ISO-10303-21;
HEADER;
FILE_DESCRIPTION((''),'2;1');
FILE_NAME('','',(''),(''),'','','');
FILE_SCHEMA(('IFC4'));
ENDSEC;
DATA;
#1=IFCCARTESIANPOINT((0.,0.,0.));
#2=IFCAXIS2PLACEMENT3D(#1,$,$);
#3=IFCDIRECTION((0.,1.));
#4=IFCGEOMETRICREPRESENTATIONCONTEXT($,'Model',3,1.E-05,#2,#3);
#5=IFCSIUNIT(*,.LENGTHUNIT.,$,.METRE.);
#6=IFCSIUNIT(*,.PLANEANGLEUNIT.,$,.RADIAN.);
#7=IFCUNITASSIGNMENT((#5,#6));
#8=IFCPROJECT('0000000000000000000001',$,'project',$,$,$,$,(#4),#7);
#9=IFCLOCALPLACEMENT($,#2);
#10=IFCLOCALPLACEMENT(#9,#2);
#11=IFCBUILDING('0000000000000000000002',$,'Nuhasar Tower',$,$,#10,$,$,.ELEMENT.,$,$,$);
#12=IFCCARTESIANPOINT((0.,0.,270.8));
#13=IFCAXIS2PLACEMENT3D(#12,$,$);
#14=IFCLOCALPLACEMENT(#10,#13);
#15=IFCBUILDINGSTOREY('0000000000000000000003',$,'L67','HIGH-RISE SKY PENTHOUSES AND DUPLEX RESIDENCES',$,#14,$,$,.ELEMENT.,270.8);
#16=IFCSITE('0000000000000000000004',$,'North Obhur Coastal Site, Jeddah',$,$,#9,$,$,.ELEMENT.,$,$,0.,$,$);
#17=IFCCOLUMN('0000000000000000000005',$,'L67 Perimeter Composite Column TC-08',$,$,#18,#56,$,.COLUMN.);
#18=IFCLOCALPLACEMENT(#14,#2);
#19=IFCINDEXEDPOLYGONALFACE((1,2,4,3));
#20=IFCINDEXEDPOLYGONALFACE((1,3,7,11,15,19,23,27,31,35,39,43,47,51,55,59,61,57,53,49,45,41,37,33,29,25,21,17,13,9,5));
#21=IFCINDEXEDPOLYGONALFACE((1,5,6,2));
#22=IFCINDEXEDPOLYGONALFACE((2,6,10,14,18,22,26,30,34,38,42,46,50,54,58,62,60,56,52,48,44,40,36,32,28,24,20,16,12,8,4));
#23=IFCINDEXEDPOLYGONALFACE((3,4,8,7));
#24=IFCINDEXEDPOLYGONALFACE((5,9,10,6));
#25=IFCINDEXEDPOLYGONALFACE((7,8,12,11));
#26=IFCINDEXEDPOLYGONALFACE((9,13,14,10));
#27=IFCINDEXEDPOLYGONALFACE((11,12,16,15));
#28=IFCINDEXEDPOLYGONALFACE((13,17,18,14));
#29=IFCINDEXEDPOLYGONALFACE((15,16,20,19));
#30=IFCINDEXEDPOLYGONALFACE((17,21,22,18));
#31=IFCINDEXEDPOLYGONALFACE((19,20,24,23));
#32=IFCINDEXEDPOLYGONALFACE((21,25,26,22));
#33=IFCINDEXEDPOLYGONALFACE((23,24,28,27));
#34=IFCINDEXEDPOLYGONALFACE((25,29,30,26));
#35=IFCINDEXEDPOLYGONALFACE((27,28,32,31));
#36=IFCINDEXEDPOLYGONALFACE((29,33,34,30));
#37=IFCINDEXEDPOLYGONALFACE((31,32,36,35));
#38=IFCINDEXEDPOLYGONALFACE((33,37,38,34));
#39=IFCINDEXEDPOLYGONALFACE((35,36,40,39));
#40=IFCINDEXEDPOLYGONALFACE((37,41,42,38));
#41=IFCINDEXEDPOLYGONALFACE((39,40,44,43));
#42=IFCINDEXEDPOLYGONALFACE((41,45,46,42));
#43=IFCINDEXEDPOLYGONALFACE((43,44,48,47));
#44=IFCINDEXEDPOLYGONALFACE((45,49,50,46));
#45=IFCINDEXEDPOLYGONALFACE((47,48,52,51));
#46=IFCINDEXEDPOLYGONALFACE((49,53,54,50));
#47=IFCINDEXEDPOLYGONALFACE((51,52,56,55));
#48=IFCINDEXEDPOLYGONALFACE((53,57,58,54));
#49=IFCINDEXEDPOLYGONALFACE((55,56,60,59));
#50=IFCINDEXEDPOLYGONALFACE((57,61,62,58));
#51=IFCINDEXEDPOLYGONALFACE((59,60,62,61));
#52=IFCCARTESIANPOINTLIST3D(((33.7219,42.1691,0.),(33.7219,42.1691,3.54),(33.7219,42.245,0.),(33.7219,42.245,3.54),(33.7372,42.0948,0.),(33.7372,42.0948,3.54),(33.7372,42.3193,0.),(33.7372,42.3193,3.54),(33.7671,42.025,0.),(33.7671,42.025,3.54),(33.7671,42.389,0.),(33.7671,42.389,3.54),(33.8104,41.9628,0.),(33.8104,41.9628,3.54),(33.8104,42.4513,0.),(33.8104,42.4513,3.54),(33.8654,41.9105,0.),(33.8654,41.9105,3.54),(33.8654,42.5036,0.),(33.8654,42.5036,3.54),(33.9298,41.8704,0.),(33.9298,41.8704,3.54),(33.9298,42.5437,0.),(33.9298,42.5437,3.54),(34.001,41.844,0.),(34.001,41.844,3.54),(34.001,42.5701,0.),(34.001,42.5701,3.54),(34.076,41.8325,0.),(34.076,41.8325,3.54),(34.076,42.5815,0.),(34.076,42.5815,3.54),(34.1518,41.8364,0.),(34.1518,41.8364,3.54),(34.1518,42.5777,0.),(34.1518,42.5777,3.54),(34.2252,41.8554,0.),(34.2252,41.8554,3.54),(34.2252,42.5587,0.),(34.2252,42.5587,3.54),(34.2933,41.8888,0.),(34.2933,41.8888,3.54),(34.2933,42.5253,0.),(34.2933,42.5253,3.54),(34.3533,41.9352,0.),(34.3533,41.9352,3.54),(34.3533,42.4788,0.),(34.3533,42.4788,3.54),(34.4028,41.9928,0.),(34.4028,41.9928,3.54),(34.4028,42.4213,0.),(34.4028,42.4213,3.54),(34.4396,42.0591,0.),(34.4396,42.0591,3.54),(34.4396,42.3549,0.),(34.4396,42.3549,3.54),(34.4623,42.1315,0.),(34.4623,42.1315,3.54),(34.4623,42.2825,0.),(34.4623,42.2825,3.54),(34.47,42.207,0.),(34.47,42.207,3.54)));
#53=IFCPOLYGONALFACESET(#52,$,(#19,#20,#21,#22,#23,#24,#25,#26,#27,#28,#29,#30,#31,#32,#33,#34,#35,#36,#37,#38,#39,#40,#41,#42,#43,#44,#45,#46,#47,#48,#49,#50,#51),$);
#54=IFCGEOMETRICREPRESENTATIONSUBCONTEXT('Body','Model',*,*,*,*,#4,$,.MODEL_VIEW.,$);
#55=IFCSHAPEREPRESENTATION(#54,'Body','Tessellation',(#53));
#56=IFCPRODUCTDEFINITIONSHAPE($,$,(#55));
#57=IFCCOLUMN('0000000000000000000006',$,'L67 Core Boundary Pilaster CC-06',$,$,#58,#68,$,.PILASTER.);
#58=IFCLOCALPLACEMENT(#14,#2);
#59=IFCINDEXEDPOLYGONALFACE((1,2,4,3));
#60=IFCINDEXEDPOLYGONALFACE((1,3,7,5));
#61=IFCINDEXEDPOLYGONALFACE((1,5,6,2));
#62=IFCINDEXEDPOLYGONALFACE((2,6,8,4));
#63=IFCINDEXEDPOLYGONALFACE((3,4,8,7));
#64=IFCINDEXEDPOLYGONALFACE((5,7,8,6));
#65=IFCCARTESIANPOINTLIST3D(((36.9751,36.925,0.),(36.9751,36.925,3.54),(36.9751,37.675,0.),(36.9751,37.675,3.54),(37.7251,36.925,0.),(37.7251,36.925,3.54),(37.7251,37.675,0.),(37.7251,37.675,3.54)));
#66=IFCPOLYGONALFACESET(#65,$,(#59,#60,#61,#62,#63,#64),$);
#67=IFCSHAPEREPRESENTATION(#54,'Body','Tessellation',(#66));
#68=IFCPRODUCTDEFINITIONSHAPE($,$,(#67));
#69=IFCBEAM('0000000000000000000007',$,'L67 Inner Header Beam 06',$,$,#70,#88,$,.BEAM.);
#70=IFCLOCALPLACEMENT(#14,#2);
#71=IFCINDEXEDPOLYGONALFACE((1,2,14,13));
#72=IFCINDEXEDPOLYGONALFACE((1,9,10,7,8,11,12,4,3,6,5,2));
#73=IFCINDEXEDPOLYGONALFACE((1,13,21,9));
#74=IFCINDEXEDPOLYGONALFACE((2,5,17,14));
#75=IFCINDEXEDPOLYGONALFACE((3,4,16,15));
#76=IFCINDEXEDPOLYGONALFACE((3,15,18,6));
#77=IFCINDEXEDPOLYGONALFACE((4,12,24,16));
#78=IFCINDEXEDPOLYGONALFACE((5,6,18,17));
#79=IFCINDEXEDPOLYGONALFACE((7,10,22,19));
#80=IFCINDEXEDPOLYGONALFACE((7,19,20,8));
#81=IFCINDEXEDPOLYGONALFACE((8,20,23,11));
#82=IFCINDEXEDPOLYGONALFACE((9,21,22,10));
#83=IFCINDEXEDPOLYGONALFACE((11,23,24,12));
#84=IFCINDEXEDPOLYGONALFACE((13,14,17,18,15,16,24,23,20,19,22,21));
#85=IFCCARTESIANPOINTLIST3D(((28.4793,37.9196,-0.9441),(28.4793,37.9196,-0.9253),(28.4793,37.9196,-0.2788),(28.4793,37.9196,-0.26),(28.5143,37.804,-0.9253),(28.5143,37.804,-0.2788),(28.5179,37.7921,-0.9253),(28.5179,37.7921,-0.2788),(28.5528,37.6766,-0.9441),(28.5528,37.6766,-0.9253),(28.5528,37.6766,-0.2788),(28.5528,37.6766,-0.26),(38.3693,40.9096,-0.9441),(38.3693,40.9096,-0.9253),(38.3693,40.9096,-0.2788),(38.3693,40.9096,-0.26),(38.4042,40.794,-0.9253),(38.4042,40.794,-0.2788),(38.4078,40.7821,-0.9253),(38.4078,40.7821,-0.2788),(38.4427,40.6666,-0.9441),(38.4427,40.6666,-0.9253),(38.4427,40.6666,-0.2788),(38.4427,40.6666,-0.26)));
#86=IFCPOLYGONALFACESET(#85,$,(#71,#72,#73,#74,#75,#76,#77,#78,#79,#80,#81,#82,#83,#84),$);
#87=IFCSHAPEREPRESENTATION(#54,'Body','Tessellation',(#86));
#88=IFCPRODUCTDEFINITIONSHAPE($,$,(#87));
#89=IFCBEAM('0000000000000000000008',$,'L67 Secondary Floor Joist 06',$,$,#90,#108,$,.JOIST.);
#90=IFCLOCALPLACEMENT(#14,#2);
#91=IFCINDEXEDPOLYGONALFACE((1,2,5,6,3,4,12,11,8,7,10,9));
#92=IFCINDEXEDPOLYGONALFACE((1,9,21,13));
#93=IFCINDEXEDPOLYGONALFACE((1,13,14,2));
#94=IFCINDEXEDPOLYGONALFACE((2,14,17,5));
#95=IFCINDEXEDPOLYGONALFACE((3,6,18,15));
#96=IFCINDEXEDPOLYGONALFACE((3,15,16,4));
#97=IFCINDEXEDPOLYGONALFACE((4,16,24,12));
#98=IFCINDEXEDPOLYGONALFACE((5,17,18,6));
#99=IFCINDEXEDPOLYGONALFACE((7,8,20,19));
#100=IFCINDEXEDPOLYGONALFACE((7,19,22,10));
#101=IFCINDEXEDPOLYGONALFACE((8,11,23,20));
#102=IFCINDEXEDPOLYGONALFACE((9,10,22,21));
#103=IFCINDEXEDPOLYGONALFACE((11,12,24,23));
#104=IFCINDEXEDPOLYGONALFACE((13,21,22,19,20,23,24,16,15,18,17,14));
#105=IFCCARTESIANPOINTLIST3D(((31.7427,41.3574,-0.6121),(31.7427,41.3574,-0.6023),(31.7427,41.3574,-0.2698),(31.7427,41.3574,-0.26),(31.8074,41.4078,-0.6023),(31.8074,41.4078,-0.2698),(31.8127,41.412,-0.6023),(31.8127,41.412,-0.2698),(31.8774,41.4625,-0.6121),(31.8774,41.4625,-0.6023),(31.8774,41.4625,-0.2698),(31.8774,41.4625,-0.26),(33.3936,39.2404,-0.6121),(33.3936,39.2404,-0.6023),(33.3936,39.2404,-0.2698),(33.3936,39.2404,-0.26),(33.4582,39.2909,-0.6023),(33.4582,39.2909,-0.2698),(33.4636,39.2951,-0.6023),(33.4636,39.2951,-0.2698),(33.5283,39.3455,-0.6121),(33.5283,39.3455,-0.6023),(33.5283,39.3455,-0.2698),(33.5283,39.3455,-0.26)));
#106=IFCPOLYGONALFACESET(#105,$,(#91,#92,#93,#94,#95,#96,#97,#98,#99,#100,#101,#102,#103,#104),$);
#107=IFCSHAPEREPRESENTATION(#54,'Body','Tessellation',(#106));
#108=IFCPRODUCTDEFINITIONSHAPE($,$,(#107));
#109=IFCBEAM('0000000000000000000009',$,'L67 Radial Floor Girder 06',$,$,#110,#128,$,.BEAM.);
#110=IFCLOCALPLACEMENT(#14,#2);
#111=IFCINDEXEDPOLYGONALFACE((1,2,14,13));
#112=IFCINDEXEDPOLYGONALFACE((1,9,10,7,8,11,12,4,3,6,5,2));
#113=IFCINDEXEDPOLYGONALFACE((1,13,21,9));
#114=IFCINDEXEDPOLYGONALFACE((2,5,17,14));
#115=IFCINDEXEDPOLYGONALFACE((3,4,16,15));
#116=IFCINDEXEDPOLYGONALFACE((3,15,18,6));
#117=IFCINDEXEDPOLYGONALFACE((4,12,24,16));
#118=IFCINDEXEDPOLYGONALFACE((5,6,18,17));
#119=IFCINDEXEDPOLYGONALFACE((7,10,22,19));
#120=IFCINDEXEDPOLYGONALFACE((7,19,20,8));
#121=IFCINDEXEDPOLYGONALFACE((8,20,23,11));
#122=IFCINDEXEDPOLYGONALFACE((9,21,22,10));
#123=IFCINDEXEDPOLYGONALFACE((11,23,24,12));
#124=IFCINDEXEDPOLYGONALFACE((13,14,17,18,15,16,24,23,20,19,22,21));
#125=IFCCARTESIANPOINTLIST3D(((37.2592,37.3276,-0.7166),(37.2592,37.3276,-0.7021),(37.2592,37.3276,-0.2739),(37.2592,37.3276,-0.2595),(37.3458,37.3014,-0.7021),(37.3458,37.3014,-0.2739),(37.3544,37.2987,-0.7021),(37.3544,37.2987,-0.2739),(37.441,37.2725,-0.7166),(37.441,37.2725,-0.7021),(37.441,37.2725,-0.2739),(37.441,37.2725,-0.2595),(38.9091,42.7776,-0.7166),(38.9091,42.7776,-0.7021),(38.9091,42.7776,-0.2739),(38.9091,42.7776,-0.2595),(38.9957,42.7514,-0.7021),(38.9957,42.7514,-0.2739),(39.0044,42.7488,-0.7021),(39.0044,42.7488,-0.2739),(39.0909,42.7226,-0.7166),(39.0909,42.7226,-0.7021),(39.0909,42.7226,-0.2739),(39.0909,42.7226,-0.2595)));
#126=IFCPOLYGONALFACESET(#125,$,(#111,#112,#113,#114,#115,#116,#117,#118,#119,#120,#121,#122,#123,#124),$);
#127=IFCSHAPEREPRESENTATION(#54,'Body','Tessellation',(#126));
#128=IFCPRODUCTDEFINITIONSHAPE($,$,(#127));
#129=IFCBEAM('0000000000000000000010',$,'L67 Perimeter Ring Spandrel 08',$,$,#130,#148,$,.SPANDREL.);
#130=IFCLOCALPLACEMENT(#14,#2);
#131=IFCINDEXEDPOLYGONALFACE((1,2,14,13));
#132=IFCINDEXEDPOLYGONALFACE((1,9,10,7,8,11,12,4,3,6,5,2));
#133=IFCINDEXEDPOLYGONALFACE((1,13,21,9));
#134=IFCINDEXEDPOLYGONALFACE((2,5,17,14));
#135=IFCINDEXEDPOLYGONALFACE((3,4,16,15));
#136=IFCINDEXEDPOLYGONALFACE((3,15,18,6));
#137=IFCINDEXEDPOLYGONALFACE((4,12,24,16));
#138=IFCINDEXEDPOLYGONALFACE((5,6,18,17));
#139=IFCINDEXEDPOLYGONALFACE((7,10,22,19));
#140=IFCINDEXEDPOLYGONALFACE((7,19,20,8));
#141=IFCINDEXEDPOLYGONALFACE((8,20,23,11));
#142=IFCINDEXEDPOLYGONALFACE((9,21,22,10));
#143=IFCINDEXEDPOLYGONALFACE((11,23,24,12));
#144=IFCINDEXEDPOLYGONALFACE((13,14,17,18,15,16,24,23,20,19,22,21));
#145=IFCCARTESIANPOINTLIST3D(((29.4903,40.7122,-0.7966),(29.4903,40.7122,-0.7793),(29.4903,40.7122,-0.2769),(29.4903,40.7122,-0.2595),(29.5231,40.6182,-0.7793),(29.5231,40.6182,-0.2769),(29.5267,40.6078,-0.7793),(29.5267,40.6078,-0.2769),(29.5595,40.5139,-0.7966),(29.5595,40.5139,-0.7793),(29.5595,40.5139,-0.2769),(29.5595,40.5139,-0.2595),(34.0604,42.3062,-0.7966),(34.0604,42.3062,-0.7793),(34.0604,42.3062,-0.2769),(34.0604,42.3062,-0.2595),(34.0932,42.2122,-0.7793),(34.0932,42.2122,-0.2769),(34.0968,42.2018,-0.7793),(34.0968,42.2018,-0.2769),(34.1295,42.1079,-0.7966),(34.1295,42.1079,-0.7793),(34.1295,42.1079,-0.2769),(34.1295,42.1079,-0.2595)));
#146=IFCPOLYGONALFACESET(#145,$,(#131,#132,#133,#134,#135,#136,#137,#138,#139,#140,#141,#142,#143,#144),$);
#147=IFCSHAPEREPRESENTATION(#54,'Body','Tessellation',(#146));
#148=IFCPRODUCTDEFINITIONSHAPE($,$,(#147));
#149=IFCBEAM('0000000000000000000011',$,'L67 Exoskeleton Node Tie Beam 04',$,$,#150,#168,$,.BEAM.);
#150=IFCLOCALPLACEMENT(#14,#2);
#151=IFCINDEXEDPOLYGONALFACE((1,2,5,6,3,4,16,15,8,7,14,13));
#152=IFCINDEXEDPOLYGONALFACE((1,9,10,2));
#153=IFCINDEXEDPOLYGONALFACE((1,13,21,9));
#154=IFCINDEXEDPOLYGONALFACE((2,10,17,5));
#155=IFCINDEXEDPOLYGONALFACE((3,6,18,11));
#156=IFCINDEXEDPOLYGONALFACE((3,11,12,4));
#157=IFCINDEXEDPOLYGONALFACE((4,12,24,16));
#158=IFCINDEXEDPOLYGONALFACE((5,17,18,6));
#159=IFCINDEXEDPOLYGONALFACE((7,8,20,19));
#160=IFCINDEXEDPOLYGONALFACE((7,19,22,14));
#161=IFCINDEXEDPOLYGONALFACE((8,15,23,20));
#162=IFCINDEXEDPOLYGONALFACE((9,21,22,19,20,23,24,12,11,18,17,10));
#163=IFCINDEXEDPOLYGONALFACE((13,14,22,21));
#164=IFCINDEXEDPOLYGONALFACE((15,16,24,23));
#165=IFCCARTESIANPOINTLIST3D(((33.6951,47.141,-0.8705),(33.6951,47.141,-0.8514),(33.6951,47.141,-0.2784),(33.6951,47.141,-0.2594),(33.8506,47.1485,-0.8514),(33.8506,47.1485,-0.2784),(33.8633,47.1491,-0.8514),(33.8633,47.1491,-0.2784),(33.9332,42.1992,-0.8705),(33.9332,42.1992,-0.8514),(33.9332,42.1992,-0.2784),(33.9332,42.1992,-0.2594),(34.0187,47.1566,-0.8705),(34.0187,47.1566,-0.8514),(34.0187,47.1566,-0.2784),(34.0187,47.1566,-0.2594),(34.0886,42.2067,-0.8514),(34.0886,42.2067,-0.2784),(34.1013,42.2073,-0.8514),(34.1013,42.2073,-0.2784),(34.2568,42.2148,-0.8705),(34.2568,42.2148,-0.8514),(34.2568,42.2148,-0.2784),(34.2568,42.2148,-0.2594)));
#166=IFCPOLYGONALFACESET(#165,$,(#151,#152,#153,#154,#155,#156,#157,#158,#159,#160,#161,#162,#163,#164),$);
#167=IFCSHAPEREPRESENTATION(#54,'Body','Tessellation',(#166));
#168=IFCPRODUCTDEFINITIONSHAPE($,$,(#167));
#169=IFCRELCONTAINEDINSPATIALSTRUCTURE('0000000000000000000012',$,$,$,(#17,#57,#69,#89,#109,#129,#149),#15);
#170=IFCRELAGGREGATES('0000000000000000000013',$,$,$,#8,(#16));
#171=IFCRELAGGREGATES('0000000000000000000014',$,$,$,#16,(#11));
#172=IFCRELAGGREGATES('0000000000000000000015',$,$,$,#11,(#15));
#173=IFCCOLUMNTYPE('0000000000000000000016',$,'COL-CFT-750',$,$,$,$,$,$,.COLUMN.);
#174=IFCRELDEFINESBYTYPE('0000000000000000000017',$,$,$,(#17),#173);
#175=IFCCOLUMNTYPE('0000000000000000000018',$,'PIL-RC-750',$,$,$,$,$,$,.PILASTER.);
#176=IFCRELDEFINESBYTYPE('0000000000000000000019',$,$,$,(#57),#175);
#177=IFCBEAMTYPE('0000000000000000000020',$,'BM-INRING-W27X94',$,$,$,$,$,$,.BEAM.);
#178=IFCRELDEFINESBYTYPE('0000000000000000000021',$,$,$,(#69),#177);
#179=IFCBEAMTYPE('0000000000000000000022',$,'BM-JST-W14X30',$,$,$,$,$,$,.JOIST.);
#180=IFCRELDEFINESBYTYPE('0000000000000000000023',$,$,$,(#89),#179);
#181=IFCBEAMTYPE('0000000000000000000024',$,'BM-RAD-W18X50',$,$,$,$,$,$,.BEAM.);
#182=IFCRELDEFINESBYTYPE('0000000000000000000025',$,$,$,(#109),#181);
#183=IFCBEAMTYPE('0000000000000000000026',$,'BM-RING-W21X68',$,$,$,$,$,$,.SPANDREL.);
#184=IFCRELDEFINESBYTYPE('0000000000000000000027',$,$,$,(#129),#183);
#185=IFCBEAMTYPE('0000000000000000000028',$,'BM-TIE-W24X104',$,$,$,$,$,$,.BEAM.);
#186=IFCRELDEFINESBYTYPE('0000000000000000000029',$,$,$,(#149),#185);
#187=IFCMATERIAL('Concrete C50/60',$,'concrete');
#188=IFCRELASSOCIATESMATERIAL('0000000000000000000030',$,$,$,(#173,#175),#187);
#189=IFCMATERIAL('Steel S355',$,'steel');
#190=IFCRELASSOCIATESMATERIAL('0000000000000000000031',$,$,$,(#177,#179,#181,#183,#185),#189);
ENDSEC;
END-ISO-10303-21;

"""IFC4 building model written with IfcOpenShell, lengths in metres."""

from ifc_helpers import new_model, si_unit, direction, frame, origin, origin_2d, place, context, subcontext, project, spatial, rectangle, circle, i_section, extrude, material, material_profile, profile_set, type_object, element, save


model = new_model("IFC4")

# Units and contexts
model_context = context("Model", 3, precision=1e-05, world=origin(), true_north=direction((0.0, 1.0)))
body_context = subcontext(model_context, "Body", "Model", "MODEL_VIEW")
ifc_project = project(units=[si_unit("LENGTHUNIT", "METRE"), si_unit("PLANEANGLEUNIT", "RADIAN")], contexts=[model_context])

# Site, building, storey
site_placement = place(None, origin())
site = spatial("IfcSite", under=ifc_project, at=site_placement, Name="North Obhur Coastal Site, Jeddah", CompositionType="ELEMENT", RefElevation=0.0)
building_placement = place(site_placement, origin())
building = spatial("IfcBuilding", under=site, at=building_placement, Name="Nuhasar Tower", CompositionType="ELEMENT")
storey_placement = place(building_placement, frame((0.0, 0.0, 270.8)))
storey = spatial("IfcBuildingStorey", under=building, at=storey_placement, Name="L67", Description="HIGH-RISE SKY PENTHOUSES AND DUPLEX RESIDENCES", CompositionType="ELEMENT", Elevation=270.8)

# Columns
ifc_material_1 = material(Name="Concrete C50/60", Category="concrete")
ifc_material_profile_1 = material_profile(ifc_material_1, circle(Radius=0.375, at=origin_2d()), Name="CFT750")
ifc_profile_set_1 = profile_set([ifc_material_profile_1], Name="Concrete C50/60")
column_type_1 = type_object("IfcColumnType", Name="COL-CFT-750", PredefinedType="COLUMN", material=ifc_profile_set_1)
column_1_placement = place(storey_placement, frame((34.095, 42.207, 0.0), z_axis=(0.0, 0.0, 1.0), x_axis=(1.0, 0.0, 0.0)))
element("IfcColumn", 1, at=column_1_placement, inside=storey, type_object=column_type_1, Name="L67 Perimeter Composite Column TC-08", PredefinedType="COLUMN", context=body_context, shape_type="SweptSolid", body=[
    extrude(circle(Radius=0.375, at=origin_2d()), origin(), (0.0, 0.0, 1.0), 3.54),
])
ifc_material_profile_2 = material_profile(ifc_material_1, rectangle(XDim=0.75, YDim=0.75, at=origin_2d()), Name="RC750X750")
ifc_profile_set_2 = profile_set([ifc_material_profile_2], Name="Concrete C50/60")
column_type_2 = type_object("IfcColumnType", Name="PIL-RC-750", PredefinedType="PILASTER", material=ifc_profile_set_2)
column_2_placement = place(storey_placement, frame((37.3501, 37.3, 0.0), z_axis=(0.0, 0.0, 1.0), x_axis=(1.0, 0.0, 0.0)))
element("IfcColumn", 2, at=column_2_placement, inside=storey, type_object=column_type_2, Name="L67 Core Boundary Pilaster CC-06", PredefinedType="PILASTER", context=body_context, shape_type="SweptSolid", body=[
    extrude(rectangle(XDim=0.75, YDim=0.75, at=origin_2d()), origin(), (0.0, 0.0, 1.0), 3.54),
])

# Beams
ifc_material_2 = material(Name="Steel S355", Category="steel")
ifc_material_profile_3 = material_profile(ifc_material_2, i_section(OverallWidth=0.2539, OverallDepth=0.6841, WebThickness=0.0125, FlangeThickness=0.0188, at=origin_2d()), Name="W27X94")
ifc_profile_set_3 = profile_set([ifc_material_profile_3], Name="Steel S355")
beam_type_1 = type_object("IfcBeamType", Name="BM-INRING-W27X94", PredefinedType="BEAM", material=ifc_profile_set_3)
beam_1_placement = place(storey_placement, frame((38.406, 40.7881, -0.6021), z_axis=(-0.957211, -0.289392, 0.0), x_axis=(0.289392, -0.957211, 0.0)))
element("IfcBeam", 3, at=beam_1_placement, inside=storey, type_object=beam_type_1, Name="L67 Inner Header Beam 06", PredefinedType="BEAM", context=body_context, shape_type="SweptSolid", body=[
    extrude(i_section(OverallWidth=0.2539, OverallDepth=0.6841, WebThickness=0.0125, FlangeThickness=0.0188, at=origin_2d()), origin(), (0.0, 0.0, 1.0), 10.332),
])
ifc_material_profile_4 = material_profile(ifc_material_2, i_section(OverallWidth=0.1709, OverallDepth=0.3521, WebThickness=0.0068, FlangeThickness=0.0098, at=origin_2d()), Name="W14X30")
ifc_profile_set_4 = profile_set([ifc_material_profile_4], Name="Steel S355")
beam_type_2 = type_object("IfcBeamType", Name="BM-JST-W14X30", PredefinedType="JOIST", material=ifc_profile_set_4)
beam_2_placement = place(storey_placement, frame((33.4609, 39.293, -0.436), z_axis=(-0.614954, 0.788563, 0.0), x_axis=(-0.788563, -0.614954, 0.0)))
element("IfcBeam", 4, at=beam_2_placement, inside=storey, type_object=beam_type_2, Name="L67 Secondary Floor Joist 06", PredefinedType="JOIST", context=body_context, shape_type="SweptSolid", body=[
    extrude(i_section(OverallWidth=0.1709, OverallDepth=0.3521, WebThickness=0.0068, FlangeThickness=0.0098, at=origin_2d()), origin(), (0.0, 0.0, 1.0), 2.6846),
])
ifc_material_profile_5 = material_profile(ifc_material_2, i_section(OverallWidth=0.1899, OverallDepth=0.457, WebThickness=0.009, FlangeThickness=0.0144, at=origin_2d()), Name="W18X50")
ifc_profile_set_5 = profile_set([ifc_material_profile_5], Name="Steel S355")
beam_type_3 = type_object("IfcBeamType", Name="BM-RAD-W18X50", PredefinedType="BEAM", material=ifc_profile_set_5)
beam_3_placement = place(storey_placement, frame((37.3501, 37.3, -0.488), z_axis=(0.28975, 0.957102, 0.0), x_axis=(-0.957102, 0.28975, 0.0)))
element("IfcBeam", 5, at=beam_3_placement, inside=storey, type_object=beam_type_3, Name="L67 Radial Floor Girder 06", PredefinedType="BEAM", context=body_context, shape_type="SweptSolid", body=[
    extrude(i_section(OverallWidth=0.1899, OverallDepth=0.457, WebThickness=0.009, FlangeThickness=0.0144, at=origin_2d()), origin(), (0.0, 0.0, 1.0), 5.6943),
])
ifc_material_profile_6 = material_profile(ifc_material_2, i_section(OverallWidth=0.21, OverallDepth=0.5371, WebThickness=0.011, FlangeThickness=0.0173, at=origin_2d()), Name="W21X68")
ifc_profile_set_6 = profile_set([ifc_material_profile_6], Name="Steel S355")
beam_type_4 = type_object("IfcBeamType", Name="BM-RING-W21X68", PredefinedType="SPANDREL", material=ifc_profile_set_6)
beam_4_placement = place(storey_placement, frame((34.095, 42.207, -0.5281), z_axis=(-0.944214, -0.329332, 0.0), x_axis=(0.329332, -0.944214, 0.0)))
element("IfcBeam", 6, at=beam_4_placement, inside=storey, type_object=beam_type_4, Name="L67 Perimeter Ring Spandrel 08", PredefinedType="SPANDREL", context=body_context, shape_type="SweptSolid", body=[
    extrude(i_section(OverallWidth=0.21, OverallDepth=0.5371, WebThickness=0.011, FlangeThickness=0.0173, at=origin_2d()), origin(), (0.0, 0.0, 1.0), 4.8401),
])
ifc_material_profile_7 = material_profile(ifc_material_2, i_section(OverallWidth=0.324, OverallDepth=0.6111, WebThickness=0.0127, FlangeThickness=0.019, at=origin_2d()), Name="W24X104")
ifc_profile_set_7 = profile_set([ifc_material_profile_7], Name="Steel S355")
beam_type_5 = type_object("IfcBeamType", Name="BM-TIE-W24X104", PredefinedType="BEAM", material=ifc_profile_set_7)
beam_5_placement = place(storey_placement, frame((34.095, 42.207, -0.5649), z_axis=(-0.048111, 0.998842, 0.0), x_axis=(-0.998842, -0.048111, 0.0)))
element("IfcBeam", 7, at=beam_5_placement, inside=storey, type_object=beam_type_5, Name="L67 Exoskeleton Node Tie Beam 04", PredefinedType="BEAM", context=body_context, shape_type="SweptSolid", body=[
    extrude(i_section(OverallWidth=0.324, OverallDepth=0.6111, WebThickness=0.0127, FlangeThickness=0.019, at=origin_2d()), origin(), (0.0, 0.0, 1.0), 4.9475),
])

save(model, "model.ifc")
